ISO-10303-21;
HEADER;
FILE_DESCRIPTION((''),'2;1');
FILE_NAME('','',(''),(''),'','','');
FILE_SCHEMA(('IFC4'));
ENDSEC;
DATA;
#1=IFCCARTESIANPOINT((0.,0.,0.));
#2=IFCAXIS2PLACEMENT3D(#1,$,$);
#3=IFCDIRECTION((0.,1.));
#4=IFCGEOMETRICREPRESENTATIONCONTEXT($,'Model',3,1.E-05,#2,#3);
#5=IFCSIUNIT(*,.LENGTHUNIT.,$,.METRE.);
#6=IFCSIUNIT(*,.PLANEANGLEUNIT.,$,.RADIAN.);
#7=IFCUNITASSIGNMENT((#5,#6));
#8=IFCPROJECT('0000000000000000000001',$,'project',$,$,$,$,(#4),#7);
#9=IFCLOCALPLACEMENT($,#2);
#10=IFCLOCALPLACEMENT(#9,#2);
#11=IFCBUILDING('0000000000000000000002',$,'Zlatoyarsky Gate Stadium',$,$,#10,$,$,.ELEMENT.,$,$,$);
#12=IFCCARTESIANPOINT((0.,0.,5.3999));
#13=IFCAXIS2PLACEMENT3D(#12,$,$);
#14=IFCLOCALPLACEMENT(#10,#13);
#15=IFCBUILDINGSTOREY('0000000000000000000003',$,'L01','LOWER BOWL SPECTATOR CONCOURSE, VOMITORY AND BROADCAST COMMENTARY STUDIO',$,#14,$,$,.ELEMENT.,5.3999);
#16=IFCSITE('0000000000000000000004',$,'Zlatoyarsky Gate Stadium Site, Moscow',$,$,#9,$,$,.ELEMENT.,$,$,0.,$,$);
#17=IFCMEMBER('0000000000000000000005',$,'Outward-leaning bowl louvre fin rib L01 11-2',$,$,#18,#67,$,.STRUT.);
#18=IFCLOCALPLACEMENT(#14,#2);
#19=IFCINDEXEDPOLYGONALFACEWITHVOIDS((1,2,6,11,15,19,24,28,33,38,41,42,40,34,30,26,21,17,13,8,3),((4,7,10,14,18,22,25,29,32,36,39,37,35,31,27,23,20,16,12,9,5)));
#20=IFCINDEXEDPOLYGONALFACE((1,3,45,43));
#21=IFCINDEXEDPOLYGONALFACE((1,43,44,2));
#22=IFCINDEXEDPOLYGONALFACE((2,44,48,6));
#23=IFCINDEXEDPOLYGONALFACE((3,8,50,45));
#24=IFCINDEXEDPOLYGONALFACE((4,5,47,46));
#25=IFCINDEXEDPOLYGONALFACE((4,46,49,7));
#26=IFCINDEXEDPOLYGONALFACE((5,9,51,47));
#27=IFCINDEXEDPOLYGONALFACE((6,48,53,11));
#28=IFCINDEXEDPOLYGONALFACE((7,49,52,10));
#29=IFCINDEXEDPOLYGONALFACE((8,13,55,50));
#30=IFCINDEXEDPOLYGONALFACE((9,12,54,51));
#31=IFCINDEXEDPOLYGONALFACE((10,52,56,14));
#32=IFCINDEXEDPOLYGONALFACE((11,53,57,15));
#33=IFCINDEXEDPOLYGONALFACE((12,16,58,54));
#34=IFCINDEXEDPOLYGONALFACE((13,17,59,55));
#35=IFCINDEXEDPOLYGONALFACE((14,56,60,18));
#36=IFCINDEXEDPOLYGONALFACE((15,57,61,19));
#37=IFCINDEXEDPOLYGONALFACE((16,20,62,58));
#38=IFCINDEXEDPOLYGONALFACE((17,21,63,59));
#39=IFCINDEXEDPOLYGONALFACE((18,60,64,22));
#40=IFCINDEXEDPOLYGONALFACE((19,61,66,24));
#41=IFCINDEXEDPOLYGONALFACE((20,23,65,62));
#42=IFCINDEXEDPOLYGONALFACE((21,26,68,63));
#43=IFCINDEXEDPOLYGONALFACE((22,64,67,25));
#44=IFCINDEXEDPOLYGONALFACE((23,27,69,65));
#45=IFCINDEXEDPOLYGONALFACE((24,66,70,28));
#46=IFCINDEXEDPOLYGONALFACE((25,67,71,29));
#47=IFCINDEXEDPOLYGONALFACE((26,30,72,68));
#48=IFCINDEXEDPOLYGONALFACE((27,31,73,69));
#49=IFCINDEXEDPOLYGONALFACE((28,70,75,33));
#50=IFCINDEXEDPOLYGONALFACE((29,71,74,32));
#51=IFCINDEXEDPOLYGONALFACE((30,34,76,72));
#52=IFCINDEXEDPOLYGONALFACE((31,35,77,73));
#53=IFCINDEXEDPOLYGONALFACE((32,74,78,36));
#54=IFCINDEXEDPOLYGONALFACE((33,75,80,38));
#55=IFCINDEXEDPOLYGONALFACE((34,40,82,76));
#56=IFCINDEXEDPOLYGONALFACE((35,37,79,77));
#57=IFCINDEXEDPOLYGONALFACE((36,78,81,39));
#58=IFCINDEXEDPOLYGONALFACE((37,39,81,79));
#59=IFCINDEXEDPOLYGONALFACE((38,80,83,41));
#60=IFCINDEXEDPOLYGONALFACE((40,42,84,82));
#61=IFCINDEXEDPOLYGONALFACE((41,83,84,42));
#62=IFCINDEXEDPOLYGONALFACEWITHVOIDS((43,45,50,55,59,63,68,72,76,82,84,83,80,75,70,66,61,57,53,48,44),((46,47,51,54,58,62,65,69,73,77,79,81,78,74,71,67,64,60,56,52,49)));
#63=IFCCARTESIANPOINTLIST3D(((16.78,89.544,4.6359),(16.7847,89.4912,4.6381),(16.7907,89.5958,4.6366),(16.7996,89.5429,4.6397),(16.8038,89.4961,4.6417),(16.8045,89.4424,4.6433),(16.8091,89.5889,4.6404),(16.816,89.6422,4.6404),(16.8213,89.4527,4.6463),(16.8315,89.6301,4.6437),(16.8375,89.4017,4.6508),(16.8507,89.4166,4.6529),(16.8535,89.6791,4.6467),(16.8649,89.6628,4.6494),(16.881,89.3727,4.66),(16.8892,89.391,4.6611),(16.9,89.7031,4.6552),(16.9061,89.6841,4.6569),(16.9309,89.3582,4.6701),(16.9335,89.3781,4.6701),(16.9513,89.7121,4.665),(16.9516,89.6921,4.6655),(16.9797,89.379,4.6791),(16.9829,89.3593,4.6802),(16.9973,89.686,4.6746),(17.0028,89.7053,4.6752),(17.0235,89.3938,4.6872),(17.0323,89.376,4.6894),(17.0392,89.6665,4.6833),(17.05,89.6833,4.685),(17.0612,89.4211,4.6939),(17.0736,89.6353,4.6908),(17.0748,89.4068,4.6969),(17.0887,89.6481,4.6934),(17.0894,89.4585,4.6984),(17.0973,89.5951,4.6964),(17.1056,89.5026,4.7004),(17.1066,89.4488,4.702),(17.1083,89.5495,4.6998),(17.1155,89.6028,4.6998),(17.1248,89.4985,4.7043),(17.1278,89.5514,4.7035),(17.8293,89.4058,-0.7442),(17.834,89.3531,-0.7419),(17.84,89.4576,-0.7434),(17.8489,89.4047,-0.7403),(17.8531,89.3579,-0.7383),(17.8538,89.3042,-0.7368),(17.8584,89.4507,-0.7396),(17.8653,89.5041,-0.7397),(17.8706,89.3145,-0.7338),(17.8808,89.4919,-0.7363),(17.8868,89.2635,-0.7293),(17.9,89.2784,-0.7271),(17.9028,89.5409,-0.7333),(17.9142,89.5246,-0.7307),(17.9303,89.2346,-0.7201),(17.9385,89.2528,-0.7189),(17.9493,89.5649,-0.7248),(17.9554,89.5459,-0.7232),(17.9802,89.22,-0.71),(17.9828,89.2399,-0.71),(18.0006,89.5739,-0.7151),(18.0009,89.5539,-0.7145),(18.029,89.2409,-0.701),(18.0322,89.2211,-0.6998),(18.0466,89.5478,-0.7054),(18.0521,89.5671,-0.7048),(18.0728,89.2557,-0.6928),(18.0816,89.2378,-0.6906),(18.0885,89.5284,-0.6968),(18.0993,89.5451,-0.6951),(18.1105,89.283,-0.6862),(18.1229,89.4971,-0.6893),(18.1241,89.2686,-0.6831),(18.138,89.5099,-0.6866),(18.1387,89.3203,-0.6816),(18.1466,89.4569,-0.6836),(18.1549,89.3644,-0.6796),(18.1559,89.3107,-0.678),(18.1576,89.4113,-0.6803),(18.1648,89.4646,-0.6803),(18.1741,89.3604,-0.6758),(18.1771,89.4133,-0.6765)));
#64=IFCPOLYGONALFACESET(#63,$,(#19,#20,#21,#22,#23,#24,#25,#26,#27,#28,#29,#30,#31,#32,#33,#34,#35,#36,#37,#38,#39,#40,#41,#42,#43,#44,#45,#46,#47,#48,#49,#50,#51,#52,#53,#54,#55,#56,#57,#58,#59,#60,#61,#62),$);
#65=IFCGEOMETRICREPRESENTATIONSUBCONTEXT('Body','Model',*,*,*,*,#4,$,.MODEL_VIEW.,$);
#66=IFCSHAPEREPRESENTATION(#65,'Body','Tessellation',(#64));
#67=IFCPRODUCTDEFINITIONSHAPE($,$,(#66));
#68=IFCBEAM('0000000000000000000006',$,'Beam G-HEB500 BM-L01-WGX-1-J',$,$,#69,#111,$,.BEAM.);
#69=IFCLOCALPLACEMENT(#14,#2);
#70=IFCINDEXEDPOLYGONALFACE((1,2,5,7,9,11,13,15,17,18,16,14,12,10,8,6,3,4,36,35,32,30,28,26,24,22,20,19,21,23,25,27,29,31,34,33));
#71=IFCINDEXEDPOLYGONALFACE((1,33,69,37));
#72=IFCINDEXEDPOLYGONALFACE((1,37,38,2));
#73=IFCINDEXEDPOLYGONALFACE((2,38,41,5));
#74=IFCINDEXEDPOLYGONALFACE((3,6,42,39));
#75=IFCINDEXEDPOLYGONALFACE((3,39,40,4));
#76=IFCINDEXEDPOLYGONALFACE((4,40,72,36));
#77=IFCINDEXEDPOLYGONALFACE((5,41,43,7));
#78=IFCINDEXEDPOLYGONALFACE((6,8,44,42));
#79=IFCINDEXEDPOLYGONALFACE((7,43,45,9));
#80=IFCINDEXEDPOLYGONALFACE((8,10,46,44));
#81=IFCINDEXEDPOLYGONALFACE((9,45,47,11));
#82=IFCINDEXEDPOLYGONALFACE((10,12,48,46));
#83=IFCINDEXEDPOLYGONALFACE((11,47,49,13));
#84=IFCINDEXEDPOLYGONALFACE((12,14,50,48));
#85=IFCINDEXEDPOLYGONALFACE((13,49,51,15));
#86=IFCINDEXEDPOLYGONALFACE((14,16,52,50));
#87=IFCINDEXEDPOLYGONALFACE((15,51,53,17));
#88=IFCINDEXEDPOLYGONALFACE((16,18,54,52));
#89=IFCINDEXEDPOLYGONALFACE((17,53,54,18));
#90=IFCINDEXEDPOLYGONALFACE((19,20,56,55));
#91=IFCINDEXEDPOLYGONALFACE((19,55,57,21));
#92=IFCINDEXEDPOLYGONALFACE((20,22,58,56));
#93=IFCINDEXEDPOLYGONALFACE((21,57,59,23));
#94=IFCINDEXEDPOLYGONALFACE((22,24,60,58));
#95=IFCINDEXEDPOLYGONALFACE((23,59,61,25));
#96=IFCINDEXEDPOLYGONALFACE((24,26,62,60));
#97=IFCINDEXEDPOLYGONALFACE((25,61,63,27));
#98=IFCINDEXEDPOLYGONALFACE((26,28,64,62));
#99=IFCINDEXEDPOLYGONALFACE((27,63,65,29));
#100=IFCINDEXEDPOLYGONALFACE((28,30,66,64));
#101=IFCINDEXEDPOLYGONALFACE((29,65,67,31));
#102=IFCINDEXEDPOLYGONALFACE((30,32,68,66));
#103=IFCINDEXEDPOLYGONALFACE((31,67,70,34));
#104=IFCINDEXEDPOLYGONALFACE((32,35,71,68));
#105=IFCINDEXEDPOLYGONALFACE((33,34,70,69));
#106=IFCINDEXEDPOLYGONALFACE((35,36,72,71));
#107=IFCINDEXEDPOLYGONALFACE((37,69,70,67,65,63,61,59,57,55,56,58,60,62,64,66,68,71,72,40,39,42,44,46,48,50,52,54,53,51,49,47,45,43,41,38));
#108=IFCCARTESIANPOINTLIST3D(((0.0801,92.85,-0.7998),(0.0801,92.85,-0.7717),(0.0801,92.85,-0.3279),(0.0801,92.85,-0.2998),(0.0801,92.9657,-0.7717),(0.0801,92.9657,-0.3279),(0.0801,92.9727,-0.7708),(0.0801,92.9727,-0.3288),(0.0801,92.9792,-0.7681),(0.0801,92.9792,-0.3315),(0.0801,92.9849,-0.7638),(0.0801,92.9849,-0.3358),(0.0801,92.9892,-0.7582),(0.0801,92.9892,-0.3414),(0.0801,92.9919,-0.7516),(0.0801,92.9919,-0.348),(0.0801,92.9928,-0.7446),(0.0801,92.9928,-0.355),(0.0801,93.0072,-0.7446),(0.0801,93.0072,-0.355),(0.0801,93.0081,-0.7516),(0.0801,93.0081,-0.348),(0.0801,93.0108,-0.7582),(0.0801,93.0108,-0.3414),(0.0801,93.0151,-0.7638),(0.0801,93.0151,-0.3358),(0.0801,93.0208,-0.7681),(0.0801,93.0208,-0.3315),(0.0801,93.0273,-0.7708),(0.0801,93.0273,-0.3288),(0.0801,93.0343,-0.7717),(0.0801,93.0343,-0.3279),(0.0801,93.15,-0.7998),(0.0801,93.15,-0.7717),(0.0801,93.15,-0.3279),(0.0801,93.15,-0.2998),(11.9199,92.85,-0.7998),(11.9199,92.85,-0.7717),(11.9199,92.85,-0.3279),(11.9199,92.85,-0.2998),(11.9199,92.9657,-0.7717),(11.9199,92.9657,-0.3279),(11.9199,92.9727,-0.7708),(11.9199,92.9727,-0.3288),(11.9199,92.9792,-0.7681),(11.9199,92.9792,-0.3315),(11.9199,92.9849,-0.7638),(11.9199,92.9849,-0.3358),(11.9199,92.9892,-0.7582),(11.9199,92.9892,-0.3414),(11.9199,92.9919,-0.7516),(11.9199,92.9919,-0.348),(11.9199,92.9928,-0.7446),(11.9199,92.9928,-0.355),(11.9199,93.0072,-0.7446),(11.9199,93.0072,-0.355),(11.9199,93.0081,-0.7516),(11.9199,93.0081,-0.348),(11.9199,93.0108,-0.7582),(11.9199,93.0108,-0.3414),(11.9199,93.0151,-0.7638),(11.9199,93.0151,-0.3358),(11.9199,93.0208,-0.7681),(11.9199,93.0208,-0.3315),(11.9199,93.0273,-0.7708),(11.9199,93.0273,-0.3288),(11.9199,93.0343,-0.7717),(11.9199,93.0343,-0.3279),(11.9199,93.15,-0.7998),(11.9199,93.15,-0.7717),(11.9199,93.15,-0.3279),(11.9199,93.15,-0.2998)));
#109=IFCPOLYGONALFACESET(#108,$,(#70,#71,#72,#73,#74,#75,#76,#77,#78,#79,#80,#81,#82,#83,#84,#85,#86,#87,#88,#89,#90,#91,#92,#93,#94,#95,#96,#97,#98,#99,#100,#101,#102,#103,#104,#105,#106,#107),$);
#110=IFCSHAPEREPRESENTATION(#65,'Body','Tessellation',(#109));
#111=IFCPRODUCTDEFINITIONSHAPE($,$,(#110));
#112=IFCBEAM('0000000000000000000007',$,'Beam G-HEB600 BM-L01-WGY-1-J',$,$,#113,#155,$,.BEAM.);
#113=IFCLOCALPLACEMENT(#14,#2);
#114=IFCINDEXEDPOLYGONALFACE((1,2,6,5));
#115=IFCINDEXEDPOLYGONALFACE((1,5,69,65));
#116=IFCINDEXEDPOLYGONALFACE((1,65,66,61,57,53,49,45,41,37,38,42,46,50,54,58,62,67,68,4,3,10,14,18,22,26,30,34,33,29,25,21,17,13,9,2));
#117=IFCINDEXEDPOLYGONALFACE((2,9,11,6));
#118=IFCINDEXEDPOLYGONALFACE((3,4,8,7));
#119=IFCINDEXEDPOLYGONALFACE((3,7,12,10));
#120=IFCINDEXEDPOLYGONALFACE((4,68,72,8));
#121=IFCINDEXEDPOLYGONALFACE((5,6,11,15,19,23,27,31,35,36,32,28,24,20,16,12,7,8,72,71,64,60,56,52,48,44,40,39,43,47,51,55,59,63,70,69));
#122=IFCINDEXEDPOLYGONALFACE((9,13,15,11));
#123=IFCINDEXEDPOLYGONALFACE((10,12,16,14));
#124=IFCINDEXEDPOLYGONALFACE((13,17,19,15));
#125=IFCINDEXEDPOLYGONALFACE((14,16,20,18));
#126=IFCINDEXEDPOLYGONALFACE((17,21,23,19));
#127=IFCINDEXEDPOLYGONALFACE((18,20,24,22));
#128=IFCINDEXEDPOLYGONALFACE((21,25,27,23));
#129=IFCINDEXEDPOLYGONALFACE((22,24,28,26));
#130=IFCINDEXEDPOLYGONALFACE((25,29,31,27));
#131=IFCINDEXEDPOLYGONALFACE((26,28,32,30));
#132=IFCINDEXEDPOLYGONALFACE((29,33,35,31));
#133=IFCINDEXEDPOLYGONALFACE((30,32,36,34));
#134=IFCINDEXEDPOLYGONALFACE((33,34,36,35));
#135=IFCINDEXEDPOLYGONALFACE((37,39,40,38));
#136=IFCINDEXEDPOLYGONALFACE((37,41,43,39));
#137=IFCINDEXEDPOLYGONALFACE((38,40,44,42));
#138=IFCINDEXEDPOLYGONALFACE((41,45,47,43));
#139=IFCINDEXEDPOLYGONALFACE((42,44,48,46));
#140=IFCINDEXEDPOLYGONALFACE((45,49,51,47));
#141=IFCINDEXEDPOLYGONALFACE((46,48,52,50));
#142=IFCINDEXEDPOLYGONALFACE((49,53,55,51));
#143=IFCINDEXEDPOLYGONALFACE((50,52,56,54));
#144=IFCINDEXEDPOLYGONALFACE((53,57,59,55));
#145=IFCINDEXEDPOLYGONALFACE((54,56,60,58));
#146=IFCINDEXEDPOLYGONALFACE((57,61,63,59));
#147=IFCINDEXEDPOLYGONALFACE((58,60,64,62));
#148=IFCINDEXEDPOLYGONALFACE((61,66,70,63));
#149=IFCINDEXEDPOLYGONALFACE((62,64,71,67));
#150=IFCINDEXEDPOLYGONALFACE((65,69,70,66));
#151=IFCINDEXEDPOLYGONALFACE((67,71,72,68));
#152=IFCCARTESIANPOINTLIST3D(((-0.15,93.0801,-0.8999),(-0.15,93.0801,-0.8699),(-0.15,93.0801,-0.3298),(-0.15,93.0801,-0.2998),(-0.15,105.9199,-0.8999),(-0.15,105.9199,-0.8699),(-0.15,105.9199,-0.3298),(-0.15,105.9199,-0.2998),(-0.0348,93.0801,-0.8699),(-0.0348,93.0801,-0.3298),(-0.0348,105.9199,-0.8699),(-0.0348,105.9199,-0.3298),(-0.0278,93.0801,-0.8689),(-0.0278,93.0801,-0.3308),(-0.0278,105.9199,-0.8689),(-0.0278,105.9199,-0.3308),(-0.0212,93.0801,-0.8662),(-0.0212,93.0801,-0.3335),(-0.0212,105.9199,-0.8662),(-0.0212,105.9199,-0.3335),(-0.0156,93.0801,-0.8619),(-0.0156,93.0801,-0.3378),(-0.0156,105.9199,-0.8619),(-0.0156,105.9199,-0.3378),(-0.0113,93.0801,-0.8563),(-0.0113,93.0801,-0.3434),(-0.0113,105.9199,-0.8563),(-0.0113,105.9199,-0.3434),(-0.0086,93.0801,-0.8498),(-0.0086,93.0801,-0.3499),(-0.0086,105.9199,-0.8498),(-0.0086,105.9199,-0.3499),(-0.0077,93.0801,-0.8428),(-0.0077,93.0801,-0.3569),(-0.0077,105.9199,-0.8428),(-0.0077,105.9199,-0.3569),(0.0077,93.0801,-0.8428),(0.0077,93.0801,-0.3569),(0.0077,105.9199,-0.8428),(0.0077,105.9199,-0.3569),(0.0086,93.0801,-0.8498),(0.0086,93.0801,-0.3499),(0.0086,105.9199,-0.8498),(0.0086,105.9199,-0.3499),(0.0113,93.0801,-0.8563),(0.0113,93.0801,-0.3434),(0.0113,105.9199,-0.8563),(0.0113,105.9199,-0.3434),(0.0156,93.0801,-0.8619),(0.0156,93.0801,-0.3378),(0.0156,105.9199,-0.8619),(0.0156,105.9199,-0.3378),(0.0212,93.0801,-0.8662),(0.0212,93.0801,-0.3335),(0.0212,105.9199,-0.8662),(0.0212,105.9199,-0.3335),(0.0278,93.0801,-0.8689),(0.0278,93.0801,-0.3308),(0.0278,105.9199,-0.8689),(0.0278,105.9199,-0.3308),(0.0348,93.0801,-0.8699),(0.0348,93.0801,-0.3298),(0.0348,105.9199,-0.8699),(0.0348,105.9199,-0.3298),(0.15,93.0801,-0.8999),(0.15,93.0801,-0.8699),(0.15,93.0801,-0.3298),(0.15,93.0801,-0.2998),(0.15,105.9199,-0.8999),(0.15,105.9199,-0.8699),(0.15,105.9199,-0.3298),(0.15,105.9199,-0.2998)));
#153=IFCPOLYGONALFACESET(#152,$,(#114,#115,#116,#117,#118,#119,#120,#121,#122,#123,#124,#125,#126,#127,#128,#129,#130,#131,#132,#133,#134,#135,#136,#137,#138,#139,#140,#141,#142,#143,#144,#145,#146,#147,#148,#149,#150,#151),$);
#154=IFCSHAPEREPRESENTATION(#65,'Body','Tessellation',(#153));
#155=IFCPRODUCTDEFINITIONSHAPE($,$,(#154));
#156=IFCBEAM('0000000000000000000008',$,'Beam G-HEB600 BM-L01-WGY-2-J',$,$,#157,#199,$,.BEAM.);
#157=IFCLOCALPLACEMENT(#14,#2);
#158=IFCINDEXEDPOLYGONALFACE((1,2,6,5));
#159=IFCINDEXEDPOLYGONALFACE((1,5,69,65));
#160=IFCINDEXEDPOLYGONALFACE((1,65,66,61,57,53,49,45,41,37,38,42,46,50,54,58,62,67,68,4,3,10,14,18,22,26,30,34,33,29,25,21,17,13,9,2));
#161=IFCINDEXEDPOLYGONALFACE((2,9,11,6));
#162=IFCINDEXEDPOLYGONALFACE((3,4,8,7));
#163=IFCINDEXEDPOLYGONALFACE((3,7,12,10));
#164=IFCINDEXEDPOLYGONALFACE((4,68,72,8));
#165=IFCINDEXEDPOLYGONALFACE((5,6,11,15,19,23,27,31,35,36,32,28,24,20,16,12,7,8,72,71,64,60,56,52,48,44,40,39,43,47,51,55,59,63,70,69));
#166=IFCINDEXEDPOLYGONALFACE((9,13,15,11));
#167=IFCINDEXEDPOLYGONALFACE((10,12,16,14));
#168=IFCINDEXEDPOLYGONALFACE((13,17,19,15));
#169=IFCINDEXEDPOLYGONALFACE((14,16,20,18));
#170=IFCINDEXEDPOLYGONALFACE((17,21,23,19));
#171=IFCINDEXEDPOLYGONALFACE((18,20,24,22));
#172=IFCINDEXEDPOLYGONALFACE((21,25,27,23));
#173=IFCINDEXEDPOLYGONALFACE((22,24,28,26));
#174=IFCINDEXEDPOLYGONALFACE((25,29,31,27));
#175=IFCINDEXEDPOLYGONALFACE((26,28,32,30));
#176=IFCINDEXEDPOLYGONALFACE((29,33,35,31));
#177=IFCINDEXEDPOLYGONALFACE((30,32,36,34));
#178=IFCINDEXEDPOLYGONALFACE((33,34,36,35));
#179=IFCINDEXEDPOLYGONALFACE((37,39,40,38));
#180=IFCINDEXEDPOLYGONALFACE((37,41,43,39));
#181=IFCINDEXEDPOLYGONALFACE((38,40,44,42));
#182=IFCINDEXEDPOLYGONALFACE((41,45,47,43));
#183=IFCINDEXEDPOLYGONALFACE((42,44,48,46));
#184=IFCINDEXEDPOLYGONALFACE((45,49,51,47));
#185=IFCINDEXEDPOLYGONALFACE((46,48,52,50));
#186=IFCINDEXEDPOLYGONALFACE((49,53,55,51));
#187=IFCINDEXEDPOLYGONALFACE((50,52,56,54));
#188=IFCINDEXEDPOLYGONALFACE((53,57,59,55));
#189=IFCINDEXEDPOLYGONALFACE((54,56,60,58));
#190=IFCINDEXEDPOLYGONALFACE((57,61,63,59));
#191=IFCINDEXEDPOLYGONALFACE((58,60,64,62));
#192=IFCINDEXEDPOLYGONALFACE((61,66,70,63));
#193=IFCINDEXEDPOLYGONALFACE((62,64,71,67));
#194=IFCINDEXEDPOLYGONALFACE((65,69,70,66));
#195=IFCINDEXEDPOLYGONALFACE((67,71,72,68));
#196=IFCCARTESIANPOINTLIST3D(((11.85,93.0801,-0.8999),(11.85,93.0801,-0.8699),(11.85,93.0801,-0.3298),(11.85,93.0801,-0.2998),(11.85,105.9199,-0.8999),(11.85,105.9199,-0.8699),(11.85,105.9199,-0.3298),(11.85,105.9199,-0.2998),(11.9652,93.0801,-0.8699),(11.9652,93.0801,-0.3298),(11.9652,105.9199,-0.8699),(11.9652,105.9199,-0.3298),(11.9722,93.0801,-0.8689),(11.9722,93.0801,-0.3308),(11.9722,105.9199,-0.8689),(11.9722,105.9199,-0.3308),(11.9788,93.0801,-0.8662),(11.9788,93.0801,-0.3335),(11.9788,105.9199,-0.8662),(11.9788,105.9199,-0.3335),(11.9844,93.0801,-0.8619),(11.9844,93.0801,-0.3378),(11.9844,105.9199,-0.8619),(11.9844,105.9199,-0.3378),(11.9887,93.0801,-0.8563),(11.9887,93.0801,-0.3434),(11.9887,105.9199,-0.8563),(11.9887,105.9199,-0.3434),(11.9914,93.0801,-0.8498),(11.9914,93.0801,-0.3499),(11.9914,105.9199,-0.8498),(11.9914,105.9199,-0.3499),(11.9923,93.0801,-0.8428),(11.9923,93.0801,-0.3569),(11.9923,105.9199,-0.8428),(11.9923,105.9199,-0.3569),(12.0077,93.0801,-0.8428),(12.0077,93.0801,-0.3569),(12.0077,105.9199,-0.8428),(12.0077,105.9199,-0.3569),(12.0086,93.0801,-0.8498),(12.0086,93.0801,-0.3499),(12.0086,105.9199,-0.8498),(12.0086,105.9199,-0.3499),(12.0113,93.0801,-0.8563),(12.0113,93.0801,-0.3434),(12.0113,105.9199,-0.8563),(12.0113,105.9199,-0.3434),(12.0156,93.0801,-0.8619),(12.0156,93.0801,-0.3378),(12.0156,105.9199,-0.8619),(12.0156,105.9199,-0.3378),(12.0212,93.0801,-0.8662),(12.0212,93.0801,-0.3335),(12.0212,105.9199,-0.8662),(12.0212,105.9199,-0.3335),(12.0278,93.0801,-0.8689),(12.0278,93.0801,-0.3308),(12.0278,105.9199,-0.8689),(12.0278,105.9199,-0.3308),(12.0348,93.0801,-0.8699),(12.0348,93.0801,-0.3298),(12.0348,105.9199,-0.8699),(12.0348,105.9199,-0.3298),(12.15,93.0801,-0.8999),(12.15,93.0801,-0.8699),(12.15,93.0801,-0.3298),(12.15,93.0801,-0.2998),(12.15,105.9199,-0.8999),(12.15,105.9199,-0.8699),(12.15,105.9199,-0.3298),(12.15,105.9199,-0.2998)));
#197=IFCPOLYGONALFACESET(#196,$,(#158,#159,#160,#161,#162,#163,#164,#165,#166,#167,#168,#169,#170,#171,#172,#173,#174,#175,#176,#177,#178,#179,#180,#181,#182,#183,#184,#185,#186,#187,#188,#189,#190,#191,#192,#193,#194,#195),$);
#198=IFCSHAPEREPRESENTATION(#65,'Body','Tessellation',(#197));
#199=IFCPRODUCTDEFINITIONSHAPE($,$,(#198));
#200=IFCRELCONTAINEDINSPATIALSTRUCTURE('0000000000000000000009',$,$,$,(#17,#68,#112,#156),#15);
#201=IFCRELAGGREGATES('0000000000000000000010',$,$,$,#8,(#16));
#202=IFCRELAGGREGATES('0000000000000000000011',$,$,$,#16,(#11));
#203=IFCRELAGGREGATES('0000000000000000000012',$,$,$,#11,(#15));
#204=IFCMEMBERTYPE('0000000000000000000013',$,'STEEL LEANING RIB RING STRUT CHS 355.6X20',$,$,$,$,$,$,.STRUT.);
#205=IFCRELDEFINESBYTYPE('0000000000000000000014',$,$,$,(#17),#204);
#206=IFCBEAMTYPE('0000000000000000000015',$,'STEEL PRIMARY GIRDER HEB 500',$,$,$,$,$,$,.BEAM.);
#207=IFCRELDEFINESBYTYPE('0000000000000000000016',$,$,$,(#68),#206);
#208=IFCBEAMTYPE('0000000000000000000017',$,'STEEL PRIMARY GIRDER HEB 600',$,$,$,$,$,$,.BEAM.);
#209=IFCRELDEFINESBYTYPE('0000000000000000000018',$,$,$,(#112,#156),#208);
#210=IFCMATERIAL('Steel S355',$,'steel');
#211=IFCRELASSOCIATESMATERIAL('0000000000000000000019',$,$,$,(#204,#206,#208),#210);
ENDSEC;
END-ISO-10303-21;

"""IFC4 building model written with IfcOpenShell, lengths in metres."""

from ifc_helpers import new_model, si_unit, direction, frame, origin, origin_2d, place, context, subcontext, project, spatial, hollow_circle, i_section, extrude, material, material_profile, profile_set, type_object, element, save


model = new_model("IFC4")

# Units and contexts
model_context = context("Model", 3, precision=1e-05, world=origin(), true_north=direction((0.0, 1.0)))
body_context = subcontext(model_context, "Body", "Model", "MODEL_VIEW")
ifc_project = project(units=[si_unit("LENGTHUNIT", "METRE"), si_unit("PLANEANGLEUNIT", "RADIAN")], contexts=[model_context])

# Site, building, storey
site_placement = place(None, origin())
site = spatial("IfcSite", under=ifc_project, at=site_placement, Name="Zlatoyarsky Gate Stadium Site, Moscow", CompositionType="ELEMENT", RefElevation=0.0)
building_placement = place(site_placement, origin())
building = spatial("IfcBuilding", under=site, at=building_placement, Name="Zlatoyarsky Gate Stadium", CompositionType="ELEMENT")
storey_placement = place(building_placement, frame((0.0, 0.0, 5.3999)))
storey = spatial("IfcBuildingStorey", under=building, at=storey_placement, Name="L01", Description="LOWER BOWL SPECTATOR CONCOURSE, VOMITORY AND BROADCAST COMMENTARY STUDIO", CompositionType="ELEMENT", Elevation=5.3999)

# Shared definitions
ifc_material_1 = material(Name="Steel S355", Category="steel")

# Member
ifc_material_profile_1 = material_profile(ifc_material_1, hollow_circle(Radius=0.1777, WallThickness=0.02, at=origin_2d()), Name="CHS 355.6X20")
ifc_profile_set_1 = profile_set([ifc_material_profile_1], Name="Steel S355")
member_type_1 = type_object("IfcMemberType", Name="STEEL LEANING RIB RING STRUT CHS 355.6X20", PredefinedType="STRUT", material=ifc_profile_set_1)
member_1_placement = place(storey_placement, frame((18.0034, 89.3962, -0.71), z_axis=(-0.191368, 0.025201, 0.981195), x_axis=(-0.130562, -0.99144, 0.0)))
element("IfcMember", 1, at=member_1_placement, inside=storey, type_object=member_type_1, Name="Outward-leaning bowl louvre fin rib L01 11-2", PredefinedType="STRUT", context=body_context, shape_type="SweptSolid", body=[
    extrude(hollow_circle(Radius=0.1777, WallThickness=0.02, at=origin_2d()), origin(), (0.0, 0.0, 1.0), 5.4832),
])

# Beams
ifc_material_profile_2 = material_profile(ifc_material_1, i_section(OverallWidth=0.3, OverallDepth=0.5, WebThickness=0.0144, FlangeThickness=0.0281, FilletRadius=0.0271, at=origin_2d()), Name="HEB 500")
ifc_profile_set_2 = profile_set([ifc_material_profile_2], Name="Steel S355")
beam_type_1 = type_object("IfcBeamType", Name="STEEL PRIMARY GIRDER HEB 500", PredefinedType="BEAM", material=ifc_profile_set_2)
beam_1_placement = place(storey_placement, frame((0.0801, 93.0, -0.5498), z_axis=(1.0, 0.0, 0.0), x_axis=(0.0, 1.0, 0.0)))
element("IfcBeam", 2, at=beam_1_placement, inside=storey, type_object=beam_type_1, Name="Beam G-HEB500 BM-L01-WGX-1-J", PredefinedType="BEAM", context=body_context, shape_type="SweptSolid", body=[
    extrude(i_section(OverallWidth=0.3, OverallDepth=0.5, WebThickness=0.0144, FlangeThickness=0.0281, FilletRadius=0.0271, at=origin_2d()), origin(), (0.0, 0.0, 1.0), 11.8398),
])
ifc_material_profile_3 = material_profile(ifc_material_1, i_section(OverallWidth=0.3, OverallDepth=0.6001, WebThickness=0.0154, FlangeThickness=0.03, FilletRadius=0.0271, at=origin_2d()), Name="HEB 600")
ifc_profile_set_3 = profile_set([ifc_material_profile_3], Name="Steel S355")
beam_type_2 = type_object("IfcBeamType", Name="STEEL PRIMARY GIRDER HEB 600", PredefinedType="BEAM", material=ifc_profile_set_3)
for number, where, z_axis, x_axis, name in (
    (3, (0.0, 93.0801, -0.5999), (0.0, 1.0, 0.0), (-1.0, 0.0, 0.0), "Beam G-HEB600 BM-L01-WGY-1-J"),
    (4, (12.0, 93.0801, -0.5999), (0.0, 1.0, 0.0), (-1.0, 0.0, 0.0), "Beam G-HEB600 BM-L01-WGY-2-J"),
):
    element("IfcBeam", number, at=place(storey_placement, frame(where, z_axis=z_axis, x_axis=x_axis)), inside=storey, type_object=beam_type_2, Name=name, PredefinedType="BEAM", context=body_context, shape_type="SweptSolid", body=[
        extrude(i_section(OverallWidth=0.3, OverallDepth=0.6001, WebThickness=0.0154, FlangeThickness=0.03, FilletRadius=0.0271, at=origin_2d()), origin(), (0.0, 0.0, 1.0), 12.8398),
    ])

save(model, "model.ifc")
